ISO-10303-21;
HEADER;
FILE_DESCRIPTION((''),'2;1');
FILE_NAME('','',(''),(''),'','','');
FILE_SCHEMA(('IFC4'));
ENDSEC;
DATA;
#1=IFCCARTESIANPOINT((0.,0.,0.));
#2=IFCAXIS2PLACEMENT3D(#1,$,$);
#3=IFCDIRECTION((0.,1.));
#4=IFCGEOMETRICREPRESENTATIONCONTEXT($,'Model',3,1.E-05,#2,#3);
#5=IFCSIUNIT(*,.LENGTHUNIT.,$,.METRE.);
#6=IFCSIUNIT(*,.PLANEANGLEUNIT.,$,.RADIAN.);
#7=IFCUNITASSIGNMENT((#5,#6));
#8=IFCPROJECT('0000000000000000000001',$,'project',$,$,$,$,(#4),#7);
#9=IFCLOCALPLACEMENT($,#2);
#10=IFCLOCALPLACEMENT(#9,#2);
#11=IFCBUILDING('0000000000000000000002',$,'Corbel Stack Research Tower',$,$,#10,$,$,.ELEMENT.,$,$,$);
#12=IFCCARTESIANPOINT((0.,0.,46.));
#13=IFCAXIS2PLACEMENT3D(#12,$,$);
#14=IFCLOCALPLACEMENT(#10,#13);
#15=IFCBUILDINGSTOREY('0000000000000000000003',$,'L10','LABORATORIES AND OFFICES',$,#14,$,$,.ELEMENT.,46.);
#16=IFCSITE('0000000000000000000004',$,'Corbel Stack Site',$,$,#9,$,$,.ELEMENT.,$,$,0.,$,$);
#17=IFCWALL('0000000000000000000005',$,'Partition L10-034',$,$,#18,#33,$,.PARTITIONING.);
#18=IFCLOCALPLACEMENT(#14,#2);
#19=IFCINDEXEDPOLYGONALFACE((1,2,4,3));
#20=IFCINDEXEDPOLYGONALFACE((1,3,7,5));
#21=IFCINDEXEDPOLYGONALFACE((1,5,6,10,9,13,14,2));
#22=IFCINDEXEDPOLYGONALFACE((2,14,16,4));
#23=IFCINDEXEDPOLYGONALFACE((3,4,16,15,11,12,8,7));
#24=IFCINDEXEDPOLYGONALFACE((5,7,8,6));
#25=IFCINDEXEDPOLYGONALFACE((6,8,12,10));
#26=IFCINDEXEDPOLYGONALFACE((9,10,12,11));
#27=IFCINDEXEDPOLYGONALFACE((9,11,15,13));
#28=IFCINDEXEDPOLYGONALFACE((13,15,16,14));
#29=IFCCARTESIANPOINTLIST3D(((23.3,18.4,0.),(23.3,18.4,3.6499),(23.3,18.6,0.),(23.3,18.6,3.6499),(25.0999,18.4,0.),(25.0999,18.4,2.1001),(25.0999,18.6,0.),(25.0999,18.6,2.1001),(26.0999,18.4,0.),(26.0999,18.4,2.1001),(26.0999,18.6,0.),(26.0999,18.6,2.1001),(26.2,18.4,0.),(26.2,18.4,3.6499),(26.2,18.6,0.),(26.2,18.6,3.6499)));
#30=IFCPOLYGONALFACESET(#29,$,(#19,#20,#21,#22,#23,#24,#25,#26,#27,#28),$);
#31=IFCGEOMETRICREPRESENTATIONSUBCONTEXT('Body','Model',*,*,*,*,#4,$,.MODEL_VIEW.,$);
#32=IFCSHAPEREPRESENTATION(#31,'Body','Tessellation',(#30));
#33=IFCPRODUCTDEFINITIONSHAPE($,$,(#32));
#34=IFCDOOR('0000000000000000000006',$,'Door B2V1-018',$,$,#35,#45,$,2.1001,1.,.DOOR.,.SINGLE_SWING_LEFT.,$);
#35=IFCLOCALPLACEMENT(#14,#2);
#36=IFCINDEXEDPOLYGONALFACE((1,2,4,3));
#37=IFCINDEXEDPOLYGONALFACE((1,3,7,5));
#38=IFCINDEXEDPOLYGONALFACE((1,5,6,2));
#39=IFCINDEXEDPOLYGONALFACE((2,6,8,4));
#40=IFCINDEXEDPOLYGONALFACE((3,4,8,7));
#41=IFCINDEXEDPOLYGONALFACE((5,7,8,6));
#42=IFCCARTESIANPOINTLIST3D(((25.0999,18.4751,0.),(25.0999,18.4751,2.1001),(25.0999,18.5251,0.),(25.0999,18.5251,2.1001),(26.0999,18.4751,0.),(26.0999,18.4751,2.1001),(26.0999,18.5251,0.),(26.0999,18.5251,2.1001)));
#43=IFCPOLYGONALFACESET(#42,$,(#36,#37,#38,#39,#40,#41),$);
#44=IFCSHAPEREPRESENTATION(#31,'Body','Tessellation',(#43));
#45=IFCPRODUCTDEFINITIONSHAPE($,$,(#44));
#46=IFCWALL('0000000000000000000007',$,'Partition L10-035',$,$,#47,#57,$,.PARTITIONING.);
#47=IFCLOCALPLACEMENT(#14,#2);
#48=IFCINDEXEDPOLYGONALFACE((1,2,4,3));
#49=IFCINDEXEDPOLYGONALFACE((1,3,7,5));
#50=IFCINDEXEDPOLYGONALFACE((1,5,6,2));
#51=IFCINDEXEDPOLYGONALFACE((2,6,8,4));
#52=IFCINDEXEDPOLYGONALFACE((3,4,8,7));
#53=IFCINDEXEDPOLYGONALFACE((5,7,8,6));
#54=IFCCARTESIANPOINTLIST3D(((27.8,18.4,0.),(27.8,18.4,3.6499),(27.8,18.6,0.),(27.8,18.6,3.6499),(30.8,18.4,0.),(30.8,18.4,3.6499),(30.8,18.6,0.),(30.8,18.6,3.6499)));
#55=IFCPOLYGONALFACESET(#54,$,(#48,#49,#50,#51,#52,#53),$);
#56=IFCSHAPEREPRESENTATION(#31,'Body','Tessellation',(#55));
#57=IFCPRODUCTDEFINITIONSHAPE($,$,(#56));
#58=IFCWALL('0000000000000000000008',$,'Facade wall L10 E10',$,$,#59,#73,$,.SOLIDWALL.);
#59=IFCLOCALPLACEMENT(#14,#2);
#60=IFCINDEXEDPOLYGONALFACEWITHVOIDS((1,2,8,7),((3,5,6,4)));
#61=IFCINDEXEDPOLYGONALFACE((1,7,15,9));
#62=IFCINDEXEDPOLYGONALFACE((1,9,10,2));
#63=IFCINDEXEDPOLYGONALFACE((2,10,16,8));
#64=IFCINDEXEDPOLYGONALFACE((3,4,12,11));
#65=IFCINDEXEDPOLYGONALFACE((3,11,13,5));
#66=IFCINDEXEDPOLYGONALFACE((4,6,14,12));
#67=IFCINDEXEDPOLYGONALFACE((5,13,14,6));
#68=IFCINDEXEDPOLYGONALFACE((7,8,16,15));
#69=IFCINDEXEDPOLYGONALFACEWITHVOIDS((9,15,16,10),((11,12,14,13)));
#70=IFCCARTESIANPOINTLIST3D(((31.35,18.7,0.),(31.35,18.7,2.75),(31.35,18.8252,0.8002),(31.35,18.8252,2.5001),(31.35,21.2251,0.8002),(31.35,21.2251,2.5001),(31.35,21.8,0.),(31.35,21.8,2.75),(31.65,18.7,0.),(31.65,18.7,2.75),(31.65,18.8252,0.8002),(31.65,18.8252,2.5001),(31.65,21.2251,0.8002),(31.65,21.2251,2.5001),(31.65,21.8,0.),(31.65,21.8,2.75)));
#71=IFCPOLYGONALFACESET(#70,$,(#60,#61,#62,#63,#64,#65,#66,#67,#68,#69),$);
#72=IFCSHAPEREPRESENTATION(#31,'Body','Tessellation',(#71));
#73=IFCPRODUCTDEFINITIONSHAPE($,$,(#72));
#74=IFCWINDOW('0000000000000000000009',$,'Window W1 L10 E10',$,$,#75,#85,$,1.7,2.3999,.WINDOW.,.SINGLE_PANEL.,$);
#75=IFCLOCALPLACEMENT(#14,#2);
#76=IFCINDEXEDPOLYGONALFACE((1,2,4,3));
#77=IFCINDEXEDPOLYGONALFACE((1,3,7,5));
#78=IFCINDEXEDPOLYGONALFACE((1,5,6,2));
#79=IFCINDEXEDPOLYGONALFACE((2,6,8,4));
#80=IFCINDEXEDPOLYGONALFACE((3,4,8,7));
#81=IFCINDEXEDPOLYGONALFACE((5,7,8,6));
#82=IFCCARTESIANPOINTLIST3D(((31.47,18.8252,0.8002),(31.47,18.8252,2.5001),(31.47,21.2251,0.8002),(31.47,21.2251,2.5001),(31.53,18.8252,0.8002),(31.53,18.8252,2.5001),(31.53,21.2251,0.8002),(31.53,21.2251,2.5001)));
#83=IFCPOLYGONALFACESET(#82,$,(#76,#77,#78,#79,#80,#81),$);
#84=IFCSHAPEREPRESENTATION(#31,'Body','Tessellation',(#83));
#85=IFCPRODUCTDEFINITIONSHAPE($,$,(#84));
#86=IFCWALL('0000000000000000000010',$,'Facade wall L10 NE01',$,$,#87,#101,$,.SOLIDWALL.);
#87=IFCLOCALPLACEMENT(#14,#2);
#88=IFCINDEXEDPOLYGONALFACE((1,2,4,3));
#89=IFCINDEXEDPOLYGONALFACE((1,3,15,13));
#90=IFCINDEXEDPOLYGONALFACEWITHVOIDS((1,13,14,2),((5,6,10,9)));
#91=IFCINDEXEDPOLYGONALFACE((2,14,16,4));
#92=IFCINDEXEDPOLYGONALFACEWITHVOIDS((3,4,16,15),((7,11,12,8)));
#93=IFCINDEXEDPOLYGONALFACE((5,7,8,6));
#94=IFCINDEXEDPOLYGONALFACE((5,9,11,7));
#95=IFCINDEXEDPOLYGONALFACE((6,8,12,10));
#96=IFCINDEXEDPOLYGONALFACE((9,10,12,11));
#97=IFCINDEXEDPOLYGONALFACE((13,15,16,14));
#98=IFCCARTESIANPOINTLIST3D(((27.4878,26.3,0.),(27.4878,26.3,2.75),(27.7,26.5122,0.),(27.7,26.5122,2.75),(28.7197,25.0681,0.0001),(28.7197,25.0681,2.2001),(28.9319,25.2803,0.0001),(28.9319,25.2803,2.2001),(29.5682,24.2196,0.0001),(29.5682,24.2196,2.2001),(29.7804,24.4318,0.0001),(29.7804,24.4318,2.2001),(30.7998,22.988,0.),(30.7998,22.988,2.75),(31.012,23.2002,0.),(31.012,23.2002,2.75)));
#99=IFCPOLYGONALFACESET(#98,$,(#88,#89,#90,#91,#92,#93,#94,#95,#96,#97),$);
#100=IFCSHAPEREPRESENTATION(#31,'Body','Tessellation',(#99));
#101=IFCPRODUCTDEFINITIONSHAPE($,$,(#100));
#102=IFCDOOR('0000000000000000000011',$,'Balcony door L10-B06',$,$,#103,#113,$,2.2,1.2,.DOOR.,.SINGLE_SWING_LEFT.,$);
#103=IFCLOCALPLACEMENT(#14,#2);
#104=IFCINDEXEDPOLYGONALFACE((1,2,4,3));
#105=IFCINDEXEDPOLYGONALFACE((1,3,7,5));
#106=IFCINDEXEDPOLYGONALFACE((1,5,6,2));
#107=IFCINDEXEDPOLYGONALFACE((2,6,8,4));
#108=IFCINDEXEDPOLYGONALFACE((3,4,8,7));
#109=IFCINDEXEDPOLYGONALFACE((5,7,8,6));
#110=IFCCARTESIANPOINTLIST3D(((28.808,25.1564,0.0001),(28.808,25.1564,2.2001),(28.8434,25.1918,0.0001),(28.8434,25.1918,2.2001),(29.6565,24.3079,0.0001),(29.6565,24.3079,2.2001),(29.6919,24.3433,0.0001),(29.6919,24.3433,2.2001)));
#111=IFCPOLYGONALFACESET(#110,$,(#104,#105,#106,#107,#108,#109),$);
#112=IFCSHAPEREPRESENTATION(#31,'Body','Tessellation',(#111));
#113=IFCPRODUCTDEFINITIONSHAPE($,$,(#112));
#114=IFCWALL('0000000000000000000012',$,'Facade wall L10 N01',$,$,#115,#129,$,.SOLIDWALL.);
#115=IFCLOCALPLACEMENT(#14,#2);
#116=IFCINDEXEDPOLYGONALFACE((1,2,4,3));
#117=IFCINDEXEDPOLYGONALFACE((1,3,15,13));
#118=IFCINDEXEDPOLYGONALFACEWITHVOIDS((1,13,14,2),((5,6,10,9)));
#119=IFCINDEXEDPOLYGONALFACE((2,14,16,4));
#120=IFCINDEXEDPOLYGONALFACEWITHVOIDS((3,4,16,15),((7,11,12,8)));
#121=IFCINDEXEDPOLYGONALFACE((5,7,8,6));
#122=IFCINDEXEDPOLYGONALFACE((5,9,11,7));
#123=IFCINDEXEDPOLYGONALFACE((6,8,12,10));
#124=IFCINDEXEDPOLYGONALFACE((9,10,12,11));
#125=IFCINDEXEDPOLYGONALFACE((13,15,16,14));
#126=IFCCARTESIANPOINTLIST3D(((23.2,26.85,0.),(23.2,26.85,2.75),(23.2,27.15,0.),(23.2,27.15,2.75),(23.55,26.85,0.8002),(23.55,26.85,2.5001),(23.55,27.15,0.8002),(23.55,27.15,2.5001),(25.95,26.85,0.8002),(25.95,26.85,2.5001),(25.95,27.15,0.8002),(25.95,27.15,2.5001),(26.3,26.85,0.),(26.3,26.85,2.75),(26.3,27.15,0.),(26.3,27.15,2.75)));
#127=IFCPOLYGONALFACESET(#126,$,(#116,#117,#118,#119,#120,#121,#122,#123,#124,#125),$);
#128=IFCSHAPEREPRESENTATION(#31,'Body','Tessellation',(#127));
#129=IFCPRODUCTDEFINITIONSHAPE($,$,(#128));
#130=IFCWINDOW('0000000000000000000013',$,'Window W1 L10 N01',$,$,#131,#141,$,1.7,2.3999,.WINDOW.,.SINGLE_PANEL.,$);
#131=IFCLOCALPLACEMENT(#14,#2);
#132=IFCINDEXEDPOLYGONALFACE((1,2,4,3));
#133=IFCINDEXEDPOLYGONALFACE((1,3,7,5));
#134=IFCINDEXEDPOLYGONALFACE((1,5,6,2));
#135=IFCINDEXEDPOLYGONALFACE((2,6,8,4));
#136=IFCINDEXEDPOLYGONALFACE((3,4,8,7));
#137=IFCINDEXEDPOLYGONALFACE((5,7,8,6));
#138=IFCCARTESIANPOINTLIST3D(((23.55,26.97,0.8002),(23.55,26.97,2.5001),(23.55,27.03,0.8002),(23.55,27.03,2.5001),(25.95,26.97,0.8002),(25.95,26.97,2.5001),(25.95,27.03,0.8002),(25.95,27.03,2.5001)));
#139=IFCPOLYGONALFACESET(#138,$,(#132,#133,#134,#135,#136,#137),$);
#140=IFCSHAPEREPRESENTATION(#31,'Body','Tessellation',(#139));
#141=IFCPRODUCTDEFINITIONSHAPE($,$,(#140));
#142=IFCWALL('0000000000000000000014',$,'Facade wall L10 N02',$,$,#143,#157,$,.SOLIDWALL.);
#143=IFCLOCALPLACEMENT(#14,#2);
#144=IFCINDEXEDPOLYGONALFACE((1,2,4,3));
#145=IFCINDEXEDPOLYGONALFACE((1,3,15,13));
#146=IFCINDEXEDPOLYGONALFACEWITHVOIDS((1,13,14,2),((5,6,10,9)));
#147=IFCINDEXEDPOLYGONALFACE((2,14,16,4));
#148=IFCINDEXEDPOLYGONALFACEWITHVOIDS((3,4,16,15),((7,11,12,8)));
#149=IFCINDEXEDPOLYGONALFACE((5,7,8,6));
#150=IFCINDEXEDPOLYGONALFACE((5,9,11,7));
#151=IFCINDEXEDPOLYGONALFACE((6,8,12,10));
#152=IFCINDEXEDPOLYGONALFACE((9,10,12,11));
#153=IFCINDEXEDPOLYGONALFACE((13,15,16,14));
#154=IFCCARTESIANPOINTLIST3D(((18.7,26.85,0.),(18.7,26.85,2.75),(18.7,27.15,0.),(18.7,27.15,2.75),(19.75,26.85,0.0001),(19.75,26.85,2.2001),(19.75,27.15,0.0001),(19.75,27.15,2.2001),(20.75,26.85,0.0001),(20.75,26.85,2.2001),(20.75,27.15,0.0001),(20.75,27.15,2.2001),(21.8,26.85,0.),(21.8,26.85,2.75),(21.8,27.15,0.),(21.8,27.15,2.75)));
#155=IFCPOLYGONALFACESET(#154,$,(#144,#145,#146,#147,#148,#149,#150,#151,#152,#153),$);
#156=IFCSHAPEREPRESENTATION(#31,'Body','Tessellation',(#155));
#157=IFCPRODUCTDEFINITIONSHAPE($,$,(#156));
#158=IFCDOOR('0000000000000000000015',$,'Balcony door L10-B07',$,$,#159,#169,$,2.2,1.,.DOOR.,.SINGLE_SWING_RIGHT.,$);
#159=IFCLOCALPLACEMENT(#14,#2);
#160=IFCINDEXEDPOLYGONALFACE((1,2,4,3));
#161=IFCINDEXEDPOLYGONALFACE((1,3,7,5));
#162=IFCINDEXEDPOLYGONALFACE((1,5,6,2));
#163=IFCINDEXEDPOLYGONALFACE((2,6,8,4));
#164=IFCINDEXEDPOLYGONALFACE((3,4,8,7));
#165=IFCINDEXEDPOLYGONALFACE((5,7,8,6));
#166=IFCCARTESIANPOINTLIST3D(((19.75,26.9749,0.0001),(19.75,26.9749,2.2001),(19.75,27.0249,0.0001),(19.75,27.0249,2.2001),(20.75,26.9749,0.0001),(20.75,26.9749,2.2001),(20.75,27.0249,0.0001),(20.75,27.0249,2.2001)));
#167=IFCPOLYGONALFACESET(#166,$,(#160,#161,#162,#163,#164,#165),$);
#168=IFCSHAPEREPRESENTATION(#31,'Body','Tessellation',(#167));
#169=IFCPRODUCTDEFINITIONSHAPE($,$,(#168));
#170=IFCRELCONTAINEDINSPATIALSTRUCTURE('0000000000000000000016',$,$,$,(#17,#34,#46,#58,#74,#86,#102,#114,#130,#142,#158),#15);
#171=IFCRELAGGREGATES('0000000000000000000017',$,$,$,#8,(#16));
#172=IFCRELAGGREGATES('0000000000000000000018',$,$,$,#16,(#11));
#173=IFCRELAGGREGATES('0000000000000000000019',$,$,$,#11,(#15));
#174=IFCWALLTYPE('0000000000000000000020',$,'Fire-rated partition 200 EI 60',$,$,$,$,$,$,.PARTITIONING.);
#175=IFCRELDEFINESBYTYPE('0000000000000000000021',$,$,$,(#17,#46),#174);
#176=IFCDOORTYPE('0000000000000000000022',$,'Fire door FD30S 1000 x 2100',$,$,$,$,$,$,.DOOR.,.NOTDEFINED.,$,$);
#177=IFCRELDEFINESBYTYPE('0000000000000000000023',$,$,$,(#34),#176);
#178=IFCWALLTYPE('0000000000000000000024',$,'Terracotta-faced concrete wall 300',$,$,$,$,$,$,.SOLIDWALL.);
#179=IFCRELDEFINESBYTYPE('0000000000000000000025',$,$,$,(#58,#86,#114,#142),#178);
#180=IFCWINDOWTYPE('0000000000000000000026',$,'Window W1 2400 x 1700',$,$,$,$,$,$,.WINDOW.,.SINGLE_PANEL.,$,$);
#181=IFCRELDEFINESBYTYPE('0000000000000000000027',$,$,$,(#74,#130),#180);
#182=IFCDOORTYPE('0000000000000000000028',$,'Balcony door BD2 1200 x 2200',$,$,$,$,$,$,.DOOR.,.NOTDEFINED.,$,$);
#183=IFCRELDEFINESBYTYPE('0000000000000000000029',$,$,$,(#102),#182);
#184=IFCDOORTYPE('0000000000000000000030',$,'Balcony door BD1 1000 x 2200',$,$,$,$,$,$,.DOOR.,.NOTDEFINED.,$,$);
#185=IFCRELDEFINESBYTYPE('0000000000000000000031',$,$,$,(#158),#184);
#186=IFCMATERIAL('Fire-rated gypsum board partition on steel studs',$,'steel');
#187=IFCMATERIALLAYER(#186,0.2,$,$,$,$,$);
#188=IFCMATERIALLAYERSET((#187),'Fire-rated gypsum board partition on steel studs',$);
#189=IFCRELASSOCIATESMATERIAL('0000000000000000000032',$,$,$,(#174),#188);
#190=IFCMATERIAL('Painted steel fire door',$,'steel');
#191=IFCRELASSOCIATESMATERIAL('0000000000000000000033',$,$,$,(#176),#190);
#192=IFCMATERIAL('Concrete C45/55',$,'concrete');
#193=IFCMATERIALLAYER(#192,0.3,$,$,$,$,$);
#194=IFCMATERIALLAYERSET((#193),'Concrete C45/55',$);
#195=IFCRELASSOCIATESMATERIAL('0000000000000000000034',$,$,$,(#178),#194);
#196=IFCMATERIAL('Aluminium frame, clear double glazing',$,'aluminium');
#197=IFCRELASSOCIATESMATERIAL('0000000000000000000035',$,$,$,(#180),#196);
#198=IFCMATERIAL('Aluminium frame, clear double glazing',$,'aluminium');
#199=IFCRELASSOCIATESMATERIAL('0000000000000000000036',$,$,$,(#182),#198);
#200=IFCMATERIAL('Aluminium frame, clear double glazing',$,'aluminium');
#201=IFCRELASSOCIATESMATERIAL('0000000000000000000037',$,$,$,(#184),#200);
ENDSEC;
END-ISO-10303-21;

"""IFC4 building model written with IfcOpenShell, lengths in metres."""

from ifc_helpers import new_model, si_unit, direction, frame, frame_2d, origin, place, context, subcontext, project, spatial, rectangle, extrude, material, layer, layer_set, type_object, element, fill, save


model = new_model("IFC4")

# Units and contexts
model_context = context("Model", 3, precision=1e-05, world=origin(), true_north=direction((0.0, 1.0)))
body_context = subcontext(model_context, "Body", "Model", "MODEL_VIEW")
ifc_project = project(units=[si_unit("LENGTHUNIT", "METRE"), si_unit("PLANEANGLEUNIT", "RADIAN")], contexts=[model_context])

# Site, building, storey
site_placement = place(None, origin())
site = spatial("IfcSite", under=ifc_project, at=site_placement, Name="Corbel Stack Site", CompositionType="ELEMENT", RefElevation=0.0)
building_placement = place(site_placement, origin())
building = spatial("IfcBuilding", under=site, at=building_placement, Name="Corbel Stack Research Tower", CompositionType="ELEMENT")
storey_placement = place(building_placement, frame((0.0, 0.0, 46.0)))
storey = spatial("IfcBuildingStorey", under=building, at=storey_placement, Name="L10", Description="LABORATORIES AND OFFICES", CompositionType="ELEMENT", Elevation=46.0)

# Shared definitions
ifc_material_1 = material(Name="Fire-rated gypsum board partition on steel studs", Category="steel")
ifc_layer_1 = layer(ifc_material_1, 0.2)
ifc_layer_set_1 = layer_set([ifc_layer_1], Name="Fire-rated gypsum board partition on steel studs")
wall_type_1 = type_object("IfcWallType", Name="Fire-rated partition 200 EI 60", PredefinedType="PARTITIONING", material=ifc_layer_set_1)
ifc_material_2 = material(Name="Painted steel fire door", Category="steel")
door_type_1 = type_object("IfcDoorType", Name="Fire door FD30S 1000 x 2100", OperationType="NOTDEFINED", PredefinedType="DOOR", material=ifc_material_2)

# Wall, opening, door
wall_1_placement = place(storey_placement, frame((26.2, 18.5, 0.0), z_axis=(0.0, 0.0, 1.0), x_axis=(-1.0, 0.0, 0.0)))
wall_1 = element("IfcWall", 1, at=wall_1_placement, inside=storey, type_object=wall_type_1, Name="Partition L10-034", PredefinedType="PARTITIONING", context=body_context, shape_type="SweptSolid", body=[
    extrude(rectangle(XDim=2.8999, YDim=0.2, at=frame_2d((1.45, 0.0))), origin(), (0.0, 0.0, 1.0), 3.6499),
])
opening_1_placement = place(wall_1_placement, frame((0.1001, 0.0, 0.0)))
opening_1 = element("IfcOpeningElement", 2, at=opening_1_placement, cuts=wall_1, PredefinedType="OPENING", context=body_context, shape_type="SweptSolid", body=[
    extrude(rectangle(XDim=1.0, YDim=2.1001, at=frame_2d((0.5, 1.05))), frame((0.0, 0.1099, 0.0), z_axis=(0.0, -1.0, 0.0), x_axis=(1.0, 0.0, 0.0)), (0.0, 0.0, 1.0), 0.22),
])
door_1_placement = place(opening_1_placement, origin())
door_1 = element("IfcDoor", 3, at=door_1_placement, inside=storey, type_object=door_type_1, Name="Door B2V1-018", OperationType="SINGLE_SWING_LEFT", OverallHeight=2.1001, OverallWidth=1.0, PredefinedType="DOOR", context=body_context, shape_type="SweptSolid", body=[
    extrude(rectangle(XDim=1.0, YDim=2.1001, at=frame_2d((0.5, 1.05))), frame((0.0, 0.0249, 0.0), z_axis=(0.0, -1.0, 0.0), x_axis=(1.0, 0.0, 0.0)), (0.0, 0.0, 1.0), 0.05),
])
fill(opening_1, door_1)

# Wall
wall_2_placement = place(storey_placement, frame((27.8, 18.5, 0.0), z_axis=(0.0, 0.0, 1.0), x_axis=(1.0, 0.0, 0.0)))
element("IfcWall", 4, at=wall_2_placement, inside=storey, type_object=wall_type_1, Name="Partition L10-035", PredefinedType="PARTITIONING", context=body_context, shape_type="SweptSolid", body=[
    extrude(rectangle(XDim=3.0, YDim=0.2, at=frame_2d((1.5, 0.0))), origin(), (0.0, 0.0, 1.0), 3.6499),
])

# Wall, opening, window
ifc_material_3 = material(Name="Concrete C45/55", Category="concrete")
ifc_layer_2 = layer(ifc_material_3, 0.3)
ifc_layer_set_2 = layer_set([ifc_layer_2], Name="Concrete C45/55")
wall_type_2 = type_object("IfcWallType", Name="Terracotta-faced concrete wall 300", PredefinedType="SOLIDWALL", material=ifc_layer_set_2)
wall_3_placement = place(storey_placement, frame((31.5, 21.8, 0.0), z_axis=(0.0, 0.0, 1.0), x_axis=(0.0, -1.0, 0.0)))
wall_3 = element("IfcWall", 5, at=wall_3_placement, inside=storey, type_object=wall_type_2, Name="Facade wall L10 E10", PredefinedType="SOLIDWALL", context=body_context, shape_type="SweptSolid", body=[
    extrude(rectangle(XDim=3.1001, YDim=0.3, at=frame_2d((1.55, 0.0))), origin(), (0.0, 0.0, 1.0), 2.75),
])
opening_2_placement = place(wall_3_placement, frame((0.575, 0.0, 0.8)))
opening_2 = element("IfcOpeningElement", 6, at=opening_2_placement, cuts=wall_3, PredefinedType="OPENING", context=body_context, shape_type="SweptSolid", body=[
    extrude(rectangle(XDim=2.3999, YDim=1.7, at=frame_2d((1.2, 0.8501))), frame((0.0, 0.1599, 0.0), z_axis=(0.0, -1.0, 0.0), x_axis=(1.0, 0.0, 0.0)), (0.0, 0.0, 1.0), 0.3201),
])
ifc_material_4 = material(Name="Aluminium frame, clear double glazing", Category="aluminium")
window_type = type_object("IfcWindowType", Name="Window W1 2400 x 1700", PartitioningType="SINGLE_PANEL", PredefinedType="WINDOW", material=ifc_material_4)
window_1_placement = place(opening_2_placement, origin())
window_1 = element("IfcWindow", 7, at=window_1_placement, inside=storey, type_object=window_type, Name="Window W1 L10 E10", OverallHeight=1.7, OverallWidth=2.3999, PartitioningType="SINGLE_PANEL", PredefinedType="WINDOW", context=body_context, shape_type="SweptSolid", body=[
    extrude(rectangle(XDim=2.3999, YDim=1.7, at=frame_2d((1.2, 0.8501))), frame((0.0, 0.03, 0.0), z_axis=(0.0, -1.0, 0.0), x_axis=(1.0, 0.0, 0.0)), (0.0, 0.0, 1.0), 0.0601),
])
fill(opening_2, window_1)

# Wall, opening, door
wall_4_placement = place(storey_placement, frame((27.594, 26.406, 0.0), z_axis=(0.0, 0.0, 1.0), x_axis=(0.707107, -0.707107, 0.0)))
wall_4 = element("IfcWall", 8, at=wall_4_placement, inside=storey, type_object=wall_type_2, Name="Facade wall L10 NE01", PredefinedType="SOLIDWALL", context=body_context, shape_type="SweptSolid", body=[
    extrude(rectangle(XDim=4.6838, YDim=0.3, at=frame_2d((2.3418, 0.0))), origin(), (0.0, 0.0, 1.0), 2.75),
])
opening_3_placement = place(wall_4_placement, frame((1.7419, 0.0, 0.0)))
opening_3 = element("IfcOpeningElement", 9, at=opening_3_placement, cuts=wall_4, PredefinedType="OPENING", context=body_context, shape_type="SweptSolid", body=[
    extrude(rectangle(XDim=1.2, YDim=2.2, at=frame_2d((0.6001, 1.1001))), frame((0.0, 0.1599, 0.0), z_axis=(0.0, -1.0, 0.0), x_axis=(1.0, 0.0, 0.0)), (0.0, 0.0, 1.0), 0.3201),
])
ifc_material_5 = material(Name="Aluminium frame, clear double glazing", Category="aluminium")
door_type_2 = type_object("IfcDoorType", Name="Balcony door BD2 1200 x 2200", OperationType="NOTDEFINED", PredefinedType="DOOR", material=ifc_material_5)
door_2_placement = place(opening_3_placement, origin())
door_2 = element("IfcDoor", 10, at=door_2_placement, inside=storey, type_object=door_type_2, Name="Balcony door L10-B06", OperationType="SINGLE_SWING_LEFT", OverallHeight=2.2, OverallWidth=1.2, PredefinedType="DOOR", context=body_context, shape_type="SweptSolid", body=[
    extrude(rectangle(XDim=1.2, YDim=2.2, at=frame_2d((0.6001, 1.1001))), frame((0.0, 0.0249, 0.0), z_axis=(0.0, -1.0, 0.0), x_axis=(1.0, 0.0, 0.0)), (0.0, 0.0, 1.0), 0.05),
])
fill(opening_3, door_2)

# Wall, opening, window
wall_5_placement = place(storey_placement, frame((23.2, 27.0, 0.0), z_axis=(0.0, 0.0, 1.0), x_axis=(1.0, 0.0, 0.0)))
wall_5 = element("IfcWall", 11, at=wall_5_placement, inside=storey, type_object=wall_type_2, Name="Facade wall L10 N01", PredefinedType="SOLIDWALL", context=body_context, shape_type="SweptSolid", body=[
    extrude(rectangle(XDim=3.1001, YDim=0.3, at=frame_2d((1.55, 0.0))), origin(), (0.0, 0.0, 1.0), 2.75),
])
opening_4_placement = place(wall_5_placement, frame((0.3501, 0.0, 0.8)))
opening_4 = element("IfcOpeningElement", 12, at=opening_4_placement, cuts=wall_5, PredefinedType="OPENING", context=body_context, shape_type="SweptSolid", body=[
    extrude(rectangle(XDim=2.3999, YDim=1.7, at=frame_2d((1.2, 0.8501))), frame((0.0, 0.1599, 0.0), z_axis=(0.0, -1.0, 0.0), x_axis=(1.0, 0.0, 0.0)), (0.0, 0.0, 1.0), 0.3201),
])
window_2_placement = place(opening_4_placement, origin())
window_2 = element("IfcWindow", 13, at=window_2_placement, inside=storey, type_object=window_type, Name="Window W1 L10 N01", OverallHeight=1.7, OverallWidth=2.3999, PartitioningType="SINGLE_PANEL", PredefinedType="WINDOW", context=body_context, shape_type="SweptSolid", body=[
    extrude(rectangle(XDim=2.3999, YDim=1.7, at=frame_2d((1.2, 0.8501))), frame((0.0, 0.03, 0.0), z_axis=(0.0, -1.0, 0.0), x_axis=(1.0, 0.0, 0.0)), (0.0, 0.0, 1.0), 0.0601),
])
fill(opening_4, window_2)

# Wall, opening, door
wall_6_placement = place(storey_placement, frame((18.7, 27.0, 0.0), z_axis=(0.0, 0.0, 1.0), x_axis=(1.0, 0.0, 0.0)))
wall_6 = element("IfcWall", 14, at=wall_6_placement, inside=storey, type_object=wall_type_2, Name="Facade wall L10 N02", PredefinedType="SOLIDWALL", context=body_context, shape_type="SweptSolid", body=[
    extrude(rectangle(XDim=3.1001, YDim=0.3, at=frame_2d((1.55, 0.0))), origin(), (0.0, 0.0, 1.0), 2.75),
])
opening_5_placement = place(wall_6_placement, frame((1.05, 0.0, 0.0)))
opening_5 = element("IfcOpeningElement", 15, at=opening_5_placement, cuts=wall_6, PredefinedType="OPENING", context=body_context, shape_type="SweptSolid", body=[
    extrude(rectangle(XDim=1.0, YDim=2.2, at=frame_2d((0.5, 1.1001))), frame((0.0, 0.1599, 0.0), z_axis=(0.0, -1.0, 0.0), x_axis=(1.0, 0.0, 0.0)), (0.0, 0.0, 1.0), 0.3201),
])
ifc_material_6 = material(Name="Aluminium frame, clear double glazing", Category="aluminium")
door_type_3 = type_object("IfcDoorType", Name="Balcony door BD1 1000 x 2200", OperationType="NOTDEFINED", PredefinedType="DOOR", material=ifc_material_6)
door_3_placement = place(opening_5_placement, origin())
door_3 = element("IfcDoor", 16, at=door_3_placement, inside=storey, type_object=door_type_3, Name="Balcony door L10-B07", OperationType="SINGLE_SWING_RIGHT", OverallHeight=2.2, OverallWidth=1.0, PredefinedType="DOOR", context=body_context, shape_type="SweptSolid", body=[
    extrude(rectangle(XDim=1.0, YDim=2.2, at=frame_2d((0.5, 1.1001))), frame((0.0, 0.0249, 0.0), z_axis=(0.0, -1.0, 0.0), x_axis=(1.0, 0.0, 0.0)), (0.0, 0.0, 1.0), 0.05),
])
fill(opening_5, door_3)

save(model, "model.ifc")
